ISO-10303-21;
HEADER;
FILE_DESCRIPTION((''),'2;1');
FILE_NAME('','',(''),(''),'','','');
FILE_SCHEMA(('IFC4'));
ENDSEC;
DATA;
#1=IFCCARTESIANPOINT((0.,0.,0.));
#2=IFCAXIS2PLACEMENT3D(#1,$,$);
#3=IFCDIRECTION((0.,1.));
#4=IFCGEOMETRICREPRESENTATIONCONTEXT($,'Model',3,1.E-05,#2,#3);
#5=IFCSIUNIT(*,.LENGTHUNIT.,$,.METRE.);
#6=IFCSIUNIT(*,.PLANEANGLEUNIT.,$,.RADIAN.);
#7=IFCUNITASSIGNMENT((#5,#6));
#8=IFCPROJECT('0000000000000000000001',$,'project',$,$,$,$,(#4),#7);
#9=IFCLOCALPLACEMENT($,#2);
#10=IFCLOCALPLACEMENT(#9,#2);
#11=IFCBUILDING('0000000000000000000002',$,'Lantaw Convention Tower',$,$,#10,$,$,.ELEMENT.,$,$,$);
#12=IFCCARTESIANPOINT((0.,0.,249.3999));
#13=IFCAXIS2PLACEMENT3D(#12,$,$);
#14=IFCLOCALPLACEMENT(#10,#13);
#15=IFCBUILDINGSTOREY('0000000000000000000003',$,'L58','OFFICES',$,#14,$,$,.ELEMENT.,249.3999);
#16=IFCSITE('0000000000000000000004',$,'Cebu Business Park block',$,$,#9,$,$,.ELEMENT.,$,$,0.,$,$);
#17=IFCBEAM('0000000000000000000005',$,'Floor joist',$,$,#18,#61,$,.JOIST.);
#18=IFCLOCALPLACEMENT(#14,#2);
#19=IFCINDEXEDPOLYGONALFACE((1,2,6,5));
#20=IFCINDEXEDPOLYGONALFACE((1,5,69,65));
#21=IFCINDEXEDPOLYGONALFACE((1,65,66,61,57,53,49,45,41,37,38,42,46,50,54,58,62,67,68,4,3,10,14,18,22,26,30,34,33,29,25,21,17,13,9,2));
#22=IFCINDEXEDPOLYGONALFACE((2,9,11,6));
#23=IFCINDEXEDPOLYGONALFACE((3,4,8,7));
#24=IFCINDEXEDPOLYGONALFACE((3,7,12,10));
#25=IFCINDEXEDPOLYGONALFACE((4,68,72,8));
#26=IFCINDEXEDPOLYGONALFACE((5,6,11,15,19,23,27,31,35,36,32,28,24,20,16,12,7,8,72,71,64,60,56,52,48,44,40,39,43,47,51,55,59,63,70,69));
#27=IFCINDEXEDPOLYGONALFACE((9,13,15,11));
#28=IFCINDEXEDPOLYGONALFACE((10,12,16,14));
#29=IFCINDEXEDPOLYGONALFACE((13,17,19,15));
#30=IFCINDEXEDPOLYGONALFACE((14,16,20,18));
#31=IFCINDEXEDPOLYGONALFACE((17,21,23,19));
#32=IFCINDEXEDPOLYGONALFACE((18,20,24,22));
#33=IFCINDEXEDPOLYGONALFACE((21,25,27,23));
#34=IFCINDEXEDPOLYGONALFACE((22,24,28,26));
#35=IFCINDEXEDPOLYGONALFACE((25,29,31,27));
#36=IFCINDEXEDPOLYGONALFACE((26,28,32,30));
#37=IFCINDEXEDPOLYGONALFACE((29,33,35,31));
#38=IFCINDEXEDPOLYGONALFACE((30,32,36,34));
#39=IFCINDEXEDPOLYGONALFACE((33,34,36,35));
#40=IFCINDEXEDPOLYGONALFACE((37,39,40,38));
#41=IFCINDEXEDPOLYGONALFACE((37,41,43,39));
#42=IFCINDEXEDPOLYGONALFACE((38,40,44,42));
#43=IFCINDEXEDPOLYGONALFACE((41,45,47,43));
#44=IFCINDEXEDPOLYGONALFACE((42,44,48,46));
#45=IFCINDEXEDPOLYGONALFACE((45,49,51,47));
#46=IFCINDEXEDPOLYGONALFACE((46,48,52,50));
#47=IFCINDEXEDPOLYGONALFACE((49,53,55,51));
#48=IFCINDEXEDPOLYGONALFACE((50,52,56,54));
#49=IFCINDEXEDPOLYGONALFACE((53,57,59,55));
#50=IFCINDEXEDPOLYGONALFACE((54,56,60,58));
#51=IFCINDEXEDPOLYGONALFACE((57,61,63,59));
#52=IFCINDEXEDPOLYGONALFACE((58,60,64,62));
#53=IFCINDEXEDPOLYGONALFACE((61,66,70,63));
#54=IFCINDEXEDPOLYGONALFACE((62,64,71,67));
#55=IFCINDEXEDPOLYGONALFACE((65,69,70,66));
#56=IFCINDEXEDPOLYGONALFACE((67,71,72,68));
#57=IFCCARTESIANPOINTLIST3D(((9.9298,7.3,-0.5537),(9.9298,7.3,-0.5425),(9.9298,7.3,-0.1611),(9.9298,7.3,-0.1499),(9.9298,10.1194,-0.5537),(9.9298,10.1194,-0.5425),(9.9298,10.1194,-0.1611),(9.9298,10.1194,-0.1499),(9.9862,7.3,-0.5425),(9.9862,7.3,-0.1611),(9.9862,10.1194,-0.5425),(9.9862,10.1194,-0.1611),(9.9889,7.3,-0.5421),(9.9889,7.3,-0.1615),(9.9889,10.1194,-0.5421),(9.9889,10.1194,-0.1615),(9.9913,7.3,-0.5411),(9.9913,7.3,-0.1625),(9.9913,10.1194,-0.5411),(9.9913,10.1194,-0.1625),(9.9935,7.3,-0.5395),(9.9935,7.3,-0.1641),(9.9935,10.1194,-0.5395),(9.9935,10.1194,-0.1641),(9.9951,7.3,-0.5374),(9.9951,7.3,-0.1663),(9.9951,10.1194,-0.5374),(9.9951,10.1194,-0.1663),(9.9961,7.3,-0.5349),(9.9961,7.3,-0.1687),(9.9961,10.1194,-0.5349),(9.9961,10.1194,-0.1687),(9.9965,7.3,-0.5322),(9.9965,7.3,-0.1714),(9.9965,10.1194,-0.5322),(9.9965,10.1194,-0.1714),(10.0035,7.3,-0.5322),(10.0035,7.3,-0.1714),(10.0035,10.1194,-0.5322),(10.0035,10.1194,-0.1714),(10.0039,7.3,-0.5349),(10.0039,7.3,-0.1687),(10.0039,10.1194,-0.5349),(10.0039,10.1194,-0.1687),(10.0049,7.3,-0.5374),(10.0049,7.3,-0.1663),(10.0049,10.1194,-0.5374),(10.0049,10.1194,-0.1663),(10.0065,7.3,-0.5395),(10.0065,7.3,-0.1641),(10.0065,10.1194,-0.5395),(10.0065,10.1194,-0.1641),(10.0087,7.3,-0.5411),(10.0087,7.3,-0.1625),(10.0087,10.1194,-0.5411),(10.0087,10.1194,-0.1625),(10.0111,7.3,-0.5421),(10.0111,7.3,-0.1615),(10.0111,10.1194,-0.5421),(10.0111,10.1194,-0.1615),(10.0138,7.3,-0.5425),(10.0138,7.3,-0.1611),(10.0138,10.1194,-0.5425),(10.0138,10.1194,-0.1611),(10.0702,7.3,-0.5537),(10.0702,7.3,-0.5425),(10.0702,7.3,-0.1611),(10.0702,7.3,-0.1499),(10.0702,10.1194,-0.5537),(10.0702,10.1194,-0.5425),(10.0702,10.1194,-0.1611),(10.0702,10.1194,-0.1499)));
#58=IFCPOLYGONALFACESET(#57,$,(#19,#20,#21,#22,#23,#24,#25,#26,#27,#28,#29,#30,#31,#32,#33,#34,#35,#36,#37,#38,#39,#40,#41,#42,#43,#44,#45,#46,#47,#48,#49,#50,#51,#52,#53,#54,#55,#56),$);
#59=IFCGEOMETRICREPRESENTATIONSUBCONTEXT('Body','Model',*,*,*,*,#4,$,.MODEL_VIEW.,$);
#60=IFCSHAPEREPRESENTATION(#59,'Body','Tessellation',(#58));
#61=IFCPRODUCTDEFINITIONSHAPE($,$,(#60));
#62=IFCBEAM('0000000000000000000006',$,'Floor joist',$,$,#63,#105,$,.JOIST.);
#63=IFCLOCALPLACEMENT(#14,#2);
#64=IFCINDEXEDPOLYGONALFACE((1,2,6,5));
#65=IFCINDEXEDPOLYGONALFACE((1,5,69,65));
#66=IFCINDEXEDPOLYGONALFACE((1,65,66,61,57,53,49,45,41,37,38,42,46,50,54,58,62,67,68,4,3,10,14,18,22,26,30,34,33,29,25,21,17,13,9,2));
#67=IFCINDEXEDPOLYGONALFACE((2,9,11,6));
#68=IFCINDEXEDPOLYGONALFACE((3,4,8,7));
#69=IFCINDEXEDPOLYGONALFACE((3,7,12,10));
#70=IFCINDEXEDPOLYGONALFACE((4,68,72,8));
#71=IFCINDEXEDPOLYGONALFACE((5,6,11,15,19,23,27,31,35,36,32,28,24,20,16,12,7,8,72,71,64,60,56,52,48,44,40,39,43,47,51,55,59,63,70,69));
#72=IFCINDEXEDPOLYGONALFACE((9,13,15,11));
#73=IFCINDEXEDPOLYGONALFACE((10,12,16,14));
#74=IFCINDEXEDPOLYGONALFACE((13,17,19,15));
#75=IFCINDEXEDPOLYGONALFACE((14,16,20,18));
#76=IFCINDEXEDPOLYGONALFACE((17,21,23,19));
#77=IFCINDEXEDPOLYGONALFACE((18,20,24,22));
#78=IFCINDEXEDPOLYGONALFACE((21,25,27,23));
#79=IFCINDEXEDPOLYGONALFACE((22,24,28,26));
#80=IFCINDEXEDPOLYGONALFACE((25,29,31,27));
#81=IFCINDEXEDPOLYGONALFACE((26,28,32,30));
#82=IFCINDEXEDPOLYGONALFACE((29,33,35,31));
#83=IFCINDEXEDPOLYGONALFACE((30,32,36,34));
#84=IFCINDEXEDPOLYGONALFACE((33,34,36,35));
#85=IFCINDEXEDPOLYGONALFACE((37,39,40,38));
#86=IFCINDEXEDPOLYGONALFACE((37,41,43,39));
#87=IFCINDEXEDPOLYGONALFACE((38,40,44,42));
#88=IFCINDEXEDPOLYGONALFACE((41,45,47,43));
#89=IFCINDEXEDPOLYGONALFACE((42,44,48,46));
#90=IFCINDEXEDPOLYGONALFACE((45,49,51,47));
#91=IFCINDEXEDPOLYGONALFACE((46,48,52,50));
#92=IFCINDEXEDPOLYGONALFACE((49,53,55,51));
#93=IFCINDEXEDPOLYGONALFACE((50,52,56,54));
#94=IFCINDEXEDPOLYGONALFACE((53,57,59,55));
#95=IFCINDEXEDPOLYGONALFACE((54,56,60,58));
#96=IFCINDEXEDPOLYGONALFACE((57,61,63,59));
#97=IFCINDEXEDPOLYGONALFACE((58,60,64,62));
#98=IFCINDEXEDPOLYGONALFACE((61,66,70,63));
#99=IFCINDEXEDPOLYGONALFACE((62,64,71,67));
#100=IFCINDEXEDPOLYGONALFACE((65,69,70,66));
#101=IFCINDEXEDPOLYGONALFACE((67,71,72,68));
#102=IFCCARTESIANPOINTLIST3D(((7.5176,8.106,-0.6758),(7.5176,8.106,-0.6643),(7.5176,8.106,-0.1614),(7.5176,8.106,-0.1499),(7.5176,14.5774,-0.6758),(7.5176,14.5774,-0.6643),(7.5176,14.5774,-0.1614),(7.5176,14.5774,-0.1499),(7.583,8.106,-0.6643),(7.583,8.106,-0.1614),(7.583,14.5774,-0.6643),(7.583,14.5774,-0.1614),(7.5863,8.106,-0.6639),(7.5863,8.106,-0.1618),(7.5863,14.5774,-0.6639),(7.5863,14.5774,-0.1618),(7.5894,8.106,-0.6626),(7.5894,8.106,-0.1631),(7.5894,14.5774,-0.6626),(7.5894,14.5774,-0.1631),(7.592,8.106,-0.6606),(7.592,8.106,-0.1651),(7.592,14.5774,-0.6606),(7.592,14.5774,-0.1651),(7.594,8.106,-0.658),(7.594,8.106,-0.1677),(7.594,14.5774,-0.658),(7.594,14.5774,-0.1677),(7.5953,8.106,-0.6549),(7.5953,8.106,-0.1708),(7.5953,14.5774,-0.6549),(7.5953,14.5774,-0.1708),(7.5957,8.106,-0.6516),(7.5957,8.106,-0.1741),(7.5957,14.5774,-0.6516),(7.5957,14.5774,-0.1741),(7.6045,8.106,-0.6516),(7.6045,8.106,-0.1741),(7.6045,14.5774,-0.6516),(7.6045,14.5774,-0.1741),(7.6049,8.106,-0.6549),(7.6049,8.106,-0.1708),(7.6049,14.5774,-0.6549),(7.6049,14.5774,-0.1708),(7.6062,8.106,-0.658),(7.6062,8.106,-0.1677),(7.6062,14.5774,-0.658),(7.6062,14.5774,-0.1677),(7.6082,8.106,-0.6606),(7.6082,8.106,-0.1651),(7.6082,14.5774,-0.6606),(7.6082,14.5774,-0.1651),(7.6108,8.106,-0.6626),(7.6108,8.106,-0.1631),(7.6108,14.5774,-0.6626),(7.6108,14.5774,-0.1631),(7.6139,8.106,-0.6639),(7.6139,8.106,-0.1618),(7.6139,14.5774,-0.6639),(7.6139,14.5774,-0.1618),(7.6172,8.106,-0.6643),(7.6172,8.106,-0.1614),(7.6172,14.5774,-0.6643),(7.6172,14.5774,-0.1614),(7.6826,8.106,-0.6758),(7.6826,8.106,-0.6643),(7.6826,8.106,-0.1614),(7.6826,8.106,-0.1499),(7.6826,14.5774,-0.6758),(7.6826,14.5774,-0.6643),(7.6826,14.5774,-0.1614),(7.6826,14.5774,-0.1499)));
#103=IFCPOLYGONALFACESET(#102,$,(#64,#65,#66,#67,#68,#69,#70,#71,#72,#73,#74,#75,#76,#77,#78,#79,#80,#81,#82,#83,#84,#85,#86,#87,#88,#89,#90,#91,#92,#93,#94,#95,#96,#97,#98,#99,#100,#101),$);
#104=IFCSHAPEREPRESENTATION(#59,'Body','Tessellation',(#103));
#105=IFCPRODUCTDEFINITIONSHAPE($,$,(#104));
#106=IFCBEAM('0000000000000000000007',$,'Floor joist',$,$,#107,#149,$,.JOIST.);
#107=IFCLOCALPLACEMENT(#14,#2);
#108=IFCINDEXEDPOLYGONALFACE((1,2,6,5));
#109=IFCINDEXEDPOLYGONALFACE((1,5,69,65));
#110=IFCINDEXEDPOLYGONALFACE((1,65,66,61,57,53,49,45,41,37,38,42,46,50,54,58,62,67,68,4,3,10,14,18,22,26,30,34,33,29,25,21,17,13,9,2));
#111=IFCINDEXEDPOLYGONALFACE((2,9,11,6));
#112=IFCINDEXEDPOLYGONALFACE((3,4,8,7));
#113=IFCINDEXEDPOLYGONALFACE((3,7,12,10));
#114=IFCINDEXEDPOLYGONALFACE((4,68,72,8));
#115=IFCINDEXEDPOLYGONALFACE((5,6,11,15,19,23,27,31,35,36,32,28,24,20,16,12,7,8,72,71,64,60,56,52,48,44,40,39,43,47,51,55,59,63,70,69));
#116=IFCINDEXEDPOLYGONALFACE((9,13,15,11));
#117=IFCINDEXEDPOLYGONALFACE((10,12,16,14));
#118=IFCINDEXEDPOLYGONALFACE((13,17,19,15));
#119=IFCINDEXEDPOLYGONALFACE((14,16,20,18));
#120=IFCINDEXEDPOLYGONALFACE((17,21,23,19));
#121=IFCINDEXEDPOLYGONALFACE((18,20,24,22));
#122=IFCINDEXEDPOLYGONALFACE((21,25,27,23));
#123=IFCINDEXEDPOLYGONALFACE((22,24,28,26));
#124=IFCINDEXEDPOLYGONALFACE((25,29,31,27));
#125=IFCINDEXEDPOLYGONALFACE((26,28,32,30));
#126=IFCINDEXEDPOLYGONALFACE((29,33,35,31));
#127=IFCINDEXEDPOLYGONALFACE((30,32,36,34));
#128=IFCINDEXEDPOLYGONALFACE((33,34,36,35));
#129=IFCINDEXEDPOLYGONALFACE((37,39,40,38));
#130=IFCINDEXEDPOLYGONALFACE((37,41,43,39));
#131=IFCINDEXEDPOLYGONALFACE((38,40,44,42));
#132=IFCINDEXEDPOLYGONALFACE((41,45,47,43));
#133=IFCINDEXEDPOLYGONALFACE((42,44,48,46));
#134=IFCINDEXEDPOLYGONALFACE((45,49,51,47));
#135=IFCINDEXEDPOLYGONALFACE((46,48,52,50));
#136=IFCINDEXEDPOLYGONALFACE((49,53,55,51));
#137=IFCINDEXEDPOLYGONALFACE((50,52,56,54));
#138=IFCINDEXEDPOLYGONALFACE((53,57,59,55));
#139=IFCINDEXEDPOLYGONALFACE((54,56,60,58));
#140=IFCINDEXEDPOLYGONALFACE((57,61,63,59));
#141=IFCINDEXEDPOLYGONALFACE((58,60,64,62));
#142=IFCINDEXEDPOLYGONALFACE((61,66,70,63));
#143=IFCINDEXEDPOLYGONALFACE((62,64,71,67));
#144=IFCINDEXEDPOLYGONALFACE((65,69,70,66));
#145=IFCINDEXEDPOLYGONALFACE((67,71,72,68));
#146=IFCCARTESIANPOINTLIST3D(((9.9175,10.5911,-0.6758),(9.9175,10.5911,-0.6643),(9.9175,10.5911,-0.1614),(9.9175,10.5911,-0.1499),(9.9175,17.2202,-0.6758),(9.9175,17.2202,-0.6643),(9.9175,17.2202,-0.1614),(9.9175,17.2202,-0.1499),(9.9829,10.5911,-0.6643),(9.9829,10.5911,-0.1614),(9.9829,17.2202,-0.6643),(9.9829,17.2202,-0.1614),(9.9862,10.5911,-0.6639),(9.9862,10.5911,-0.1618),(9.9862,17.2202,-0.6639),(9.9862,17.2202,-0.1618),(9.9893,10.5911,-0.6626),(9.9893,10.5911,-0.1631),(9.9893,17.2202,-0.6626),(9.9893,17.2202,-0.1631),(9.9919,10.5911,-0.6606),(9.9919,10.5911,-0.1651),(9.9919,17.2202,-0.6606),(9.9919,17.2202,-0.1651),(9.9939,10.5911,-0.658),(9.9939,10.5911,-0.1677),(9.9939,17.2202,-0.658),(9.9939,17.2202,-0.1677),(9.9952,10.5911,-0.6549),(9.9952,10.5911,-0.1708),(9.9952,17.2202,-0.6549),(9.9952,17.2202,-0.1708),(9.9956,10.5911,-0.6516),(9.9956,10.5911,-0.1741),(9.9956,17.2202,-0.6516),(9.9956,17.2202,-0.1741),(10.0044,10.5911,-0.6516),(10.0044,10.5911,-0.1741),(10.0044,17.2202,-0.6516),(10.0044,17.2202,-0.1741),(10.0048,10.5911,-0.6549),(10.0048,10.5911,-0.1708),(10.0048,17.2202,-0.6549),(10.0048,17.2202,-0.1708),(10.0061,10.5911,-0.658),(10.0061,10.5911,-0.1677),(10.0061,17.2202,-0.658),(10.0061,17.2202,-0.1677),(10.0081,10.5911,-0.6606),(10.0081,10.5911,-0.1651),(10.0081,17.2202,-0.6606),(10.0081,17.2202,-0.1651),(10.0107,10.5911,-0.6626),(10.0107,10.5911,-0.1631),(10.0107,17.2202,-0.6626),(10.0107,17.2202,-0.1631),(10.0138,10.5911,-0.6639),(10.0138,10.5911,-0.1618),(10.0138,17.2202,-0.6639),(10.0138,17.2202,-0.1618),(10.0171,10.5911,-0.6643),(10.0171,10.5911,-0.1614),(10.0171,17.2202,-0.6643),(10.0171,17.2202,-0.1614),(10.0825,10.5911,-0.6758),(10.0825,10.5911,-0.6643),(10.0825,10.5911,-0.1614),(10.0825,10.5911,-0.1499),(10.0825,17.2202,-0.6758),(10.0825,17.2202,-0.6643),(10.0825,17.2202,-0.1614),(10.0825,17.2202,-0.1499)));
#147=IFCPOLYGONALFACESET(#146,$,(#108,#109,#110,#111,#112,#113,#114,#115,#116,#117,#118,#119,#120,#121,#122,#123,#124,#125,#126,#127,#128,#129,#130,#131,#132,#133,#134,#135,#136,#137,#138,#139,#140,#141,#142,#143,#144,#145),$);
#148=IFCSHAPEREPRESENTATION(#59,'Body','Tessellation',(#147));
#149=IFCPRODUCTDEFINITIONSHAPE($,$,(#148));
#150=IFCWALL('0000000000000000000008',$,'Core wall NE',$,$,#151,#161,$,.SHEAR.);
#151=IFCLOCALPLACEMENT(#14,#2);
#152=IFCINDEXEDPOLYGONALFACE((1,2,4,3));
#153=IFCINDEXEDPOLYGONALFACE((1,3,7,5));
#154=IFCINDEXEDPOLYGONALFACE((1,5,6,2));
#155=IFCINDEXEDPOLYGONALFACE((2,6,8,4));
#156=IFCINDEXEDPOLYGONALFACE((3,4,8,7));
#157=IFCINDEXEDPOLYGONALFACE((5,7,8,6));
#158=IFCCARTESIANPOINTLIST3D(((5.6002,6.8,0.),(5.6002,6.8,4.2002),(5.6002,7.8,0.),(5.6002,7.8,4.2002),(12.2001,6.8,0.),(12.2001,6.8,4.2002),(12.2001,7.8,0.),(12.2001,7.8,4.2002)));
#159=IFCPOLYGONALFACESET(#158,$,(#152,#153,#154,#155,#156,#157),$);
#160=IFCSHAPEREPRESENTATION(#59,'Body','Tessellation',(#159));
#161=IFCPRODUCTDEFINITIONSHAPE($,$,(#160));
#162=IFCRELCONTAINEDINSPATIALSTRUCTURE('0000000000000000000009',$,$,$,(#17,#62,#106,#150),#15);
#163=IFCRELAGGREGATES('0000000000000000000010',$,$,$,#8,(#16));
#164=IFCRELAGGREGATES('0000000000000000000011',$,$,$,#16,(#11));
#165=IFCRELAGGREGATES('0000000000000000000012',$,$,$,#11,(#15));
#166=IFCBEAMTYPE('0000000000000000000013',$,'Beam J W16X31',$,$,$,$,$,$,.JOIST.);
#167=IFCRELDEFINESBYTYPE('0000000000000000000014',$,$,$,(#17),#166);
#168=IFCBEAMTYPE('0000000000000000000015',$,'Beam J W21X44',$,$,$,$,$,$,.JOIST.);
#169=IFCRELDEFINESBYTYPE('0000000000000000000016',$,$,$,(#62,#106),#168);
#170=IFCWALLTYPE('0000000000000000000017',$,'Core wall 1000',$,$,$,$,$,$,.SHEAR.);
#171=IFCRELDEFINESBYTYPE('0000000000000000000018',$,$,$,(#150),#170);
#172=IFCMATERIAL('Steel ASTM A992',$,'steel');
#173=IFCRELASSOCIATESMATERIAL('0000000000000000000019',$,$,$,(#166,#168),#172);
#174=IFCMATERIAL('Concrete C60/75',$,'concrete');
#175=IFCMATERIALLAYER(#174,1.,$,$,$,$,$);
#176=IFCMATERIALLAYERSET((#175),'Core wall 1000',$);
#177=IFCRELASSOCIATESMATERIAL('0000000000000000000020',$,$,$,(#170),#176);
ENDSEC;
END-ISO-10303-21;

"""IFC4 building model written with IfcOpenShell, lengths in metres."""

from ifc_helpers import new_model, si_unit, direction, frame, frame_2d, origin, origin_2d, place, context, subcontext, project, spatial, rectangle, i_section, extrude, material, layer, layer_set, material_profile, profile_set, type_object, element, save


model = new_model("IFC4")

# Units and contexts
model_context = context("Model", 3, precision=1e-05, world=origin(), true_north=direction((0.0, 1.0)))
body_context = subcontext(model_context, "Body", "Model", "MODEL_VIEW")
ifc_project = project(units=[si_unit("LENGTHUNIT", "METRE"), si_unit("PLANEANGLEUNIT", "RADIAN")], contexts=[model_context])

# Site, building, storey
site_placement = place(None, origin())
site = spatial("IfcSite", under=ifc_project, at=site_placement, Name="Cebu Business Park block", CompositionType="ELEMENT", RefElevation=0.0)
building_placement = place(site_placement, origin())
building = spatial("IfcBuilding", under=site, at=building_placement, Name="Lantaw Convention Tower", CompositionType="ELEMENT")
storey_placement = place(building_placement, frame((0.0, 0.0, 249.3999)))
storey = spatial("IfcBuildingStorey", under=building, at=storey_placement, Name="L58", Description="OFFICES", CompositionType="ELEMENT", Elevation=249.3999)

# Beams
ifc_material_1 = material(Name="Steel ASTM A992", Category="steel")
ifc_material_profile_1 = material_profile(ifc_material_1, i_section(OverallWidth=0.1404, OverallDepth=0.4038, WebThickness=0.0071, FlangeThickness=0.0112, FilletRadius=0.0103, at=origin_2d()), Name="W16X31")
ifc_profile_set_1 = profile_set([ifc_material_profile_1], Name="Steel ASTM A992")
beam_type_1 = type_object("IfcBeamType", Name="Beam J W16X31", PredefinedType="JOIST", material=ifc_profile_set_1)
beam_1_placement = place(storey_placement, frame((10.0, 7.3, -0.3518), z_axis=(0.0, 1.0, 0.0), x_axis=(-1.0, 0.0, 0.0)))
element("IfcBeam", 1, at=beam_1_placement, inside=storey, type_object=beam_type_1, Name="Floor joist", PredefinedType="JOIST", context=body_context, shape_type="SweptSolid", body=[
    extrude(i_section(OverallWidth=0.1404, OverallDepth=0.4038, WebThickness=0.0071, FlangeThickness=0.0112, FilletRadius=0.0103, at=origin_2d()), origin(), (0.0, 0.0, 1.0), 2.8193),
])
ifc_material_profile_2 = material_profile(ifc_material_1, i_section(OverallWidth=0.165, OverallDepth=0.5259, WebThickness=0.0088, FlangeThickness=0.0115, FilletRadius=0.0127, at=origin_2d()), Name="W21X44")
ifc_profile_set_2 = profile_set([ifc_material_profile_2], Name="Steel ASTM A992")
beam_type_2 = type_object("IfcBeamType", Name="Beam J W21X44", PredefinedType="JOIST", material=ifc_profile_set_2)
beam_2_placement = place(storey_placement, frame((7.6001, 8.106, -0.4128), z_axis=(0.0, 1.0, 0.0), x_axis=(-1.0, 0.0, 0.0)))
element("IfcBeam", 2, at=beam_2_placement, inside=storey, type_object=beam_type_2, Name="Floor joist", PredefinedType="JOIST", context=body_context, shape_type="SweptSolid", body=[
    extrude(i_section(OverallWidth=0.165, OverallDepth=0.5259, WebThickness=0.0088, FlangeThickness=0.0115, FilletRadius=0.0127, at=origin_2d()), origin(), (0.0, 0.0, 1.0), 6.4714),
])
beam_3_placement = place(storey_placement, frame((10.0, 10.5911, -0.4128), z_axis=(0.0, 1.0, 0.0), x_axis=(-1.0, 0.0, 0.0)))
element("IfcBeam", 3, at=beam_3_placement, inside=storey, type_object=beam_type_2, Name="Floor joist", PredefinedType="JOIST", context=body_context, shape_type="SweptSolid", body=[
    extrude(i_section(OverallWidth=0.165, OverallDepth=0.5259, WebThickness=0.0088, FlangeThickness=0.0115, FilletRadius=0.0127, at=origin_2d()), origin(), (0.0, 0.0, 1.0), 6.6292),
])

# Wall
ifc_material_2 = material(Name="Concrete C60/75", Category="concrete")
ifc_layer_1 = layer(ifc_material_2, 1.0)
ifc_layer_set_1 = layer_set([ifc_layer_1], Name="Core wall 1000")
wall_type_1 = type_object("IfcWallType", Name="Core wall 1000", PredefinedType="SHEAR", material=ifc_layer_set_1)
wall_1_placement = place(storey_placement, frame((12.2, 7.3, 0.0), z_axis=(0.0, 0.0, 1.0), x_axis=(-1.0, 0.0, 0.0)))
element("IfcWall", 4, at=wall_1_placement, inside=storey, type_object=wall_type_1, Name="Core wall NE", PredefinedType="SHEAR", context=body_context, shape_type="SweptSolid", body=[
    extrude(rectangle(XDim=6.5999, YDim=1.0, at=frame_2d((3.2998, 0.0))), origin(), (0.0, 0.0, 1.0), 4.2002),
])

save(model, "model.ifc")
